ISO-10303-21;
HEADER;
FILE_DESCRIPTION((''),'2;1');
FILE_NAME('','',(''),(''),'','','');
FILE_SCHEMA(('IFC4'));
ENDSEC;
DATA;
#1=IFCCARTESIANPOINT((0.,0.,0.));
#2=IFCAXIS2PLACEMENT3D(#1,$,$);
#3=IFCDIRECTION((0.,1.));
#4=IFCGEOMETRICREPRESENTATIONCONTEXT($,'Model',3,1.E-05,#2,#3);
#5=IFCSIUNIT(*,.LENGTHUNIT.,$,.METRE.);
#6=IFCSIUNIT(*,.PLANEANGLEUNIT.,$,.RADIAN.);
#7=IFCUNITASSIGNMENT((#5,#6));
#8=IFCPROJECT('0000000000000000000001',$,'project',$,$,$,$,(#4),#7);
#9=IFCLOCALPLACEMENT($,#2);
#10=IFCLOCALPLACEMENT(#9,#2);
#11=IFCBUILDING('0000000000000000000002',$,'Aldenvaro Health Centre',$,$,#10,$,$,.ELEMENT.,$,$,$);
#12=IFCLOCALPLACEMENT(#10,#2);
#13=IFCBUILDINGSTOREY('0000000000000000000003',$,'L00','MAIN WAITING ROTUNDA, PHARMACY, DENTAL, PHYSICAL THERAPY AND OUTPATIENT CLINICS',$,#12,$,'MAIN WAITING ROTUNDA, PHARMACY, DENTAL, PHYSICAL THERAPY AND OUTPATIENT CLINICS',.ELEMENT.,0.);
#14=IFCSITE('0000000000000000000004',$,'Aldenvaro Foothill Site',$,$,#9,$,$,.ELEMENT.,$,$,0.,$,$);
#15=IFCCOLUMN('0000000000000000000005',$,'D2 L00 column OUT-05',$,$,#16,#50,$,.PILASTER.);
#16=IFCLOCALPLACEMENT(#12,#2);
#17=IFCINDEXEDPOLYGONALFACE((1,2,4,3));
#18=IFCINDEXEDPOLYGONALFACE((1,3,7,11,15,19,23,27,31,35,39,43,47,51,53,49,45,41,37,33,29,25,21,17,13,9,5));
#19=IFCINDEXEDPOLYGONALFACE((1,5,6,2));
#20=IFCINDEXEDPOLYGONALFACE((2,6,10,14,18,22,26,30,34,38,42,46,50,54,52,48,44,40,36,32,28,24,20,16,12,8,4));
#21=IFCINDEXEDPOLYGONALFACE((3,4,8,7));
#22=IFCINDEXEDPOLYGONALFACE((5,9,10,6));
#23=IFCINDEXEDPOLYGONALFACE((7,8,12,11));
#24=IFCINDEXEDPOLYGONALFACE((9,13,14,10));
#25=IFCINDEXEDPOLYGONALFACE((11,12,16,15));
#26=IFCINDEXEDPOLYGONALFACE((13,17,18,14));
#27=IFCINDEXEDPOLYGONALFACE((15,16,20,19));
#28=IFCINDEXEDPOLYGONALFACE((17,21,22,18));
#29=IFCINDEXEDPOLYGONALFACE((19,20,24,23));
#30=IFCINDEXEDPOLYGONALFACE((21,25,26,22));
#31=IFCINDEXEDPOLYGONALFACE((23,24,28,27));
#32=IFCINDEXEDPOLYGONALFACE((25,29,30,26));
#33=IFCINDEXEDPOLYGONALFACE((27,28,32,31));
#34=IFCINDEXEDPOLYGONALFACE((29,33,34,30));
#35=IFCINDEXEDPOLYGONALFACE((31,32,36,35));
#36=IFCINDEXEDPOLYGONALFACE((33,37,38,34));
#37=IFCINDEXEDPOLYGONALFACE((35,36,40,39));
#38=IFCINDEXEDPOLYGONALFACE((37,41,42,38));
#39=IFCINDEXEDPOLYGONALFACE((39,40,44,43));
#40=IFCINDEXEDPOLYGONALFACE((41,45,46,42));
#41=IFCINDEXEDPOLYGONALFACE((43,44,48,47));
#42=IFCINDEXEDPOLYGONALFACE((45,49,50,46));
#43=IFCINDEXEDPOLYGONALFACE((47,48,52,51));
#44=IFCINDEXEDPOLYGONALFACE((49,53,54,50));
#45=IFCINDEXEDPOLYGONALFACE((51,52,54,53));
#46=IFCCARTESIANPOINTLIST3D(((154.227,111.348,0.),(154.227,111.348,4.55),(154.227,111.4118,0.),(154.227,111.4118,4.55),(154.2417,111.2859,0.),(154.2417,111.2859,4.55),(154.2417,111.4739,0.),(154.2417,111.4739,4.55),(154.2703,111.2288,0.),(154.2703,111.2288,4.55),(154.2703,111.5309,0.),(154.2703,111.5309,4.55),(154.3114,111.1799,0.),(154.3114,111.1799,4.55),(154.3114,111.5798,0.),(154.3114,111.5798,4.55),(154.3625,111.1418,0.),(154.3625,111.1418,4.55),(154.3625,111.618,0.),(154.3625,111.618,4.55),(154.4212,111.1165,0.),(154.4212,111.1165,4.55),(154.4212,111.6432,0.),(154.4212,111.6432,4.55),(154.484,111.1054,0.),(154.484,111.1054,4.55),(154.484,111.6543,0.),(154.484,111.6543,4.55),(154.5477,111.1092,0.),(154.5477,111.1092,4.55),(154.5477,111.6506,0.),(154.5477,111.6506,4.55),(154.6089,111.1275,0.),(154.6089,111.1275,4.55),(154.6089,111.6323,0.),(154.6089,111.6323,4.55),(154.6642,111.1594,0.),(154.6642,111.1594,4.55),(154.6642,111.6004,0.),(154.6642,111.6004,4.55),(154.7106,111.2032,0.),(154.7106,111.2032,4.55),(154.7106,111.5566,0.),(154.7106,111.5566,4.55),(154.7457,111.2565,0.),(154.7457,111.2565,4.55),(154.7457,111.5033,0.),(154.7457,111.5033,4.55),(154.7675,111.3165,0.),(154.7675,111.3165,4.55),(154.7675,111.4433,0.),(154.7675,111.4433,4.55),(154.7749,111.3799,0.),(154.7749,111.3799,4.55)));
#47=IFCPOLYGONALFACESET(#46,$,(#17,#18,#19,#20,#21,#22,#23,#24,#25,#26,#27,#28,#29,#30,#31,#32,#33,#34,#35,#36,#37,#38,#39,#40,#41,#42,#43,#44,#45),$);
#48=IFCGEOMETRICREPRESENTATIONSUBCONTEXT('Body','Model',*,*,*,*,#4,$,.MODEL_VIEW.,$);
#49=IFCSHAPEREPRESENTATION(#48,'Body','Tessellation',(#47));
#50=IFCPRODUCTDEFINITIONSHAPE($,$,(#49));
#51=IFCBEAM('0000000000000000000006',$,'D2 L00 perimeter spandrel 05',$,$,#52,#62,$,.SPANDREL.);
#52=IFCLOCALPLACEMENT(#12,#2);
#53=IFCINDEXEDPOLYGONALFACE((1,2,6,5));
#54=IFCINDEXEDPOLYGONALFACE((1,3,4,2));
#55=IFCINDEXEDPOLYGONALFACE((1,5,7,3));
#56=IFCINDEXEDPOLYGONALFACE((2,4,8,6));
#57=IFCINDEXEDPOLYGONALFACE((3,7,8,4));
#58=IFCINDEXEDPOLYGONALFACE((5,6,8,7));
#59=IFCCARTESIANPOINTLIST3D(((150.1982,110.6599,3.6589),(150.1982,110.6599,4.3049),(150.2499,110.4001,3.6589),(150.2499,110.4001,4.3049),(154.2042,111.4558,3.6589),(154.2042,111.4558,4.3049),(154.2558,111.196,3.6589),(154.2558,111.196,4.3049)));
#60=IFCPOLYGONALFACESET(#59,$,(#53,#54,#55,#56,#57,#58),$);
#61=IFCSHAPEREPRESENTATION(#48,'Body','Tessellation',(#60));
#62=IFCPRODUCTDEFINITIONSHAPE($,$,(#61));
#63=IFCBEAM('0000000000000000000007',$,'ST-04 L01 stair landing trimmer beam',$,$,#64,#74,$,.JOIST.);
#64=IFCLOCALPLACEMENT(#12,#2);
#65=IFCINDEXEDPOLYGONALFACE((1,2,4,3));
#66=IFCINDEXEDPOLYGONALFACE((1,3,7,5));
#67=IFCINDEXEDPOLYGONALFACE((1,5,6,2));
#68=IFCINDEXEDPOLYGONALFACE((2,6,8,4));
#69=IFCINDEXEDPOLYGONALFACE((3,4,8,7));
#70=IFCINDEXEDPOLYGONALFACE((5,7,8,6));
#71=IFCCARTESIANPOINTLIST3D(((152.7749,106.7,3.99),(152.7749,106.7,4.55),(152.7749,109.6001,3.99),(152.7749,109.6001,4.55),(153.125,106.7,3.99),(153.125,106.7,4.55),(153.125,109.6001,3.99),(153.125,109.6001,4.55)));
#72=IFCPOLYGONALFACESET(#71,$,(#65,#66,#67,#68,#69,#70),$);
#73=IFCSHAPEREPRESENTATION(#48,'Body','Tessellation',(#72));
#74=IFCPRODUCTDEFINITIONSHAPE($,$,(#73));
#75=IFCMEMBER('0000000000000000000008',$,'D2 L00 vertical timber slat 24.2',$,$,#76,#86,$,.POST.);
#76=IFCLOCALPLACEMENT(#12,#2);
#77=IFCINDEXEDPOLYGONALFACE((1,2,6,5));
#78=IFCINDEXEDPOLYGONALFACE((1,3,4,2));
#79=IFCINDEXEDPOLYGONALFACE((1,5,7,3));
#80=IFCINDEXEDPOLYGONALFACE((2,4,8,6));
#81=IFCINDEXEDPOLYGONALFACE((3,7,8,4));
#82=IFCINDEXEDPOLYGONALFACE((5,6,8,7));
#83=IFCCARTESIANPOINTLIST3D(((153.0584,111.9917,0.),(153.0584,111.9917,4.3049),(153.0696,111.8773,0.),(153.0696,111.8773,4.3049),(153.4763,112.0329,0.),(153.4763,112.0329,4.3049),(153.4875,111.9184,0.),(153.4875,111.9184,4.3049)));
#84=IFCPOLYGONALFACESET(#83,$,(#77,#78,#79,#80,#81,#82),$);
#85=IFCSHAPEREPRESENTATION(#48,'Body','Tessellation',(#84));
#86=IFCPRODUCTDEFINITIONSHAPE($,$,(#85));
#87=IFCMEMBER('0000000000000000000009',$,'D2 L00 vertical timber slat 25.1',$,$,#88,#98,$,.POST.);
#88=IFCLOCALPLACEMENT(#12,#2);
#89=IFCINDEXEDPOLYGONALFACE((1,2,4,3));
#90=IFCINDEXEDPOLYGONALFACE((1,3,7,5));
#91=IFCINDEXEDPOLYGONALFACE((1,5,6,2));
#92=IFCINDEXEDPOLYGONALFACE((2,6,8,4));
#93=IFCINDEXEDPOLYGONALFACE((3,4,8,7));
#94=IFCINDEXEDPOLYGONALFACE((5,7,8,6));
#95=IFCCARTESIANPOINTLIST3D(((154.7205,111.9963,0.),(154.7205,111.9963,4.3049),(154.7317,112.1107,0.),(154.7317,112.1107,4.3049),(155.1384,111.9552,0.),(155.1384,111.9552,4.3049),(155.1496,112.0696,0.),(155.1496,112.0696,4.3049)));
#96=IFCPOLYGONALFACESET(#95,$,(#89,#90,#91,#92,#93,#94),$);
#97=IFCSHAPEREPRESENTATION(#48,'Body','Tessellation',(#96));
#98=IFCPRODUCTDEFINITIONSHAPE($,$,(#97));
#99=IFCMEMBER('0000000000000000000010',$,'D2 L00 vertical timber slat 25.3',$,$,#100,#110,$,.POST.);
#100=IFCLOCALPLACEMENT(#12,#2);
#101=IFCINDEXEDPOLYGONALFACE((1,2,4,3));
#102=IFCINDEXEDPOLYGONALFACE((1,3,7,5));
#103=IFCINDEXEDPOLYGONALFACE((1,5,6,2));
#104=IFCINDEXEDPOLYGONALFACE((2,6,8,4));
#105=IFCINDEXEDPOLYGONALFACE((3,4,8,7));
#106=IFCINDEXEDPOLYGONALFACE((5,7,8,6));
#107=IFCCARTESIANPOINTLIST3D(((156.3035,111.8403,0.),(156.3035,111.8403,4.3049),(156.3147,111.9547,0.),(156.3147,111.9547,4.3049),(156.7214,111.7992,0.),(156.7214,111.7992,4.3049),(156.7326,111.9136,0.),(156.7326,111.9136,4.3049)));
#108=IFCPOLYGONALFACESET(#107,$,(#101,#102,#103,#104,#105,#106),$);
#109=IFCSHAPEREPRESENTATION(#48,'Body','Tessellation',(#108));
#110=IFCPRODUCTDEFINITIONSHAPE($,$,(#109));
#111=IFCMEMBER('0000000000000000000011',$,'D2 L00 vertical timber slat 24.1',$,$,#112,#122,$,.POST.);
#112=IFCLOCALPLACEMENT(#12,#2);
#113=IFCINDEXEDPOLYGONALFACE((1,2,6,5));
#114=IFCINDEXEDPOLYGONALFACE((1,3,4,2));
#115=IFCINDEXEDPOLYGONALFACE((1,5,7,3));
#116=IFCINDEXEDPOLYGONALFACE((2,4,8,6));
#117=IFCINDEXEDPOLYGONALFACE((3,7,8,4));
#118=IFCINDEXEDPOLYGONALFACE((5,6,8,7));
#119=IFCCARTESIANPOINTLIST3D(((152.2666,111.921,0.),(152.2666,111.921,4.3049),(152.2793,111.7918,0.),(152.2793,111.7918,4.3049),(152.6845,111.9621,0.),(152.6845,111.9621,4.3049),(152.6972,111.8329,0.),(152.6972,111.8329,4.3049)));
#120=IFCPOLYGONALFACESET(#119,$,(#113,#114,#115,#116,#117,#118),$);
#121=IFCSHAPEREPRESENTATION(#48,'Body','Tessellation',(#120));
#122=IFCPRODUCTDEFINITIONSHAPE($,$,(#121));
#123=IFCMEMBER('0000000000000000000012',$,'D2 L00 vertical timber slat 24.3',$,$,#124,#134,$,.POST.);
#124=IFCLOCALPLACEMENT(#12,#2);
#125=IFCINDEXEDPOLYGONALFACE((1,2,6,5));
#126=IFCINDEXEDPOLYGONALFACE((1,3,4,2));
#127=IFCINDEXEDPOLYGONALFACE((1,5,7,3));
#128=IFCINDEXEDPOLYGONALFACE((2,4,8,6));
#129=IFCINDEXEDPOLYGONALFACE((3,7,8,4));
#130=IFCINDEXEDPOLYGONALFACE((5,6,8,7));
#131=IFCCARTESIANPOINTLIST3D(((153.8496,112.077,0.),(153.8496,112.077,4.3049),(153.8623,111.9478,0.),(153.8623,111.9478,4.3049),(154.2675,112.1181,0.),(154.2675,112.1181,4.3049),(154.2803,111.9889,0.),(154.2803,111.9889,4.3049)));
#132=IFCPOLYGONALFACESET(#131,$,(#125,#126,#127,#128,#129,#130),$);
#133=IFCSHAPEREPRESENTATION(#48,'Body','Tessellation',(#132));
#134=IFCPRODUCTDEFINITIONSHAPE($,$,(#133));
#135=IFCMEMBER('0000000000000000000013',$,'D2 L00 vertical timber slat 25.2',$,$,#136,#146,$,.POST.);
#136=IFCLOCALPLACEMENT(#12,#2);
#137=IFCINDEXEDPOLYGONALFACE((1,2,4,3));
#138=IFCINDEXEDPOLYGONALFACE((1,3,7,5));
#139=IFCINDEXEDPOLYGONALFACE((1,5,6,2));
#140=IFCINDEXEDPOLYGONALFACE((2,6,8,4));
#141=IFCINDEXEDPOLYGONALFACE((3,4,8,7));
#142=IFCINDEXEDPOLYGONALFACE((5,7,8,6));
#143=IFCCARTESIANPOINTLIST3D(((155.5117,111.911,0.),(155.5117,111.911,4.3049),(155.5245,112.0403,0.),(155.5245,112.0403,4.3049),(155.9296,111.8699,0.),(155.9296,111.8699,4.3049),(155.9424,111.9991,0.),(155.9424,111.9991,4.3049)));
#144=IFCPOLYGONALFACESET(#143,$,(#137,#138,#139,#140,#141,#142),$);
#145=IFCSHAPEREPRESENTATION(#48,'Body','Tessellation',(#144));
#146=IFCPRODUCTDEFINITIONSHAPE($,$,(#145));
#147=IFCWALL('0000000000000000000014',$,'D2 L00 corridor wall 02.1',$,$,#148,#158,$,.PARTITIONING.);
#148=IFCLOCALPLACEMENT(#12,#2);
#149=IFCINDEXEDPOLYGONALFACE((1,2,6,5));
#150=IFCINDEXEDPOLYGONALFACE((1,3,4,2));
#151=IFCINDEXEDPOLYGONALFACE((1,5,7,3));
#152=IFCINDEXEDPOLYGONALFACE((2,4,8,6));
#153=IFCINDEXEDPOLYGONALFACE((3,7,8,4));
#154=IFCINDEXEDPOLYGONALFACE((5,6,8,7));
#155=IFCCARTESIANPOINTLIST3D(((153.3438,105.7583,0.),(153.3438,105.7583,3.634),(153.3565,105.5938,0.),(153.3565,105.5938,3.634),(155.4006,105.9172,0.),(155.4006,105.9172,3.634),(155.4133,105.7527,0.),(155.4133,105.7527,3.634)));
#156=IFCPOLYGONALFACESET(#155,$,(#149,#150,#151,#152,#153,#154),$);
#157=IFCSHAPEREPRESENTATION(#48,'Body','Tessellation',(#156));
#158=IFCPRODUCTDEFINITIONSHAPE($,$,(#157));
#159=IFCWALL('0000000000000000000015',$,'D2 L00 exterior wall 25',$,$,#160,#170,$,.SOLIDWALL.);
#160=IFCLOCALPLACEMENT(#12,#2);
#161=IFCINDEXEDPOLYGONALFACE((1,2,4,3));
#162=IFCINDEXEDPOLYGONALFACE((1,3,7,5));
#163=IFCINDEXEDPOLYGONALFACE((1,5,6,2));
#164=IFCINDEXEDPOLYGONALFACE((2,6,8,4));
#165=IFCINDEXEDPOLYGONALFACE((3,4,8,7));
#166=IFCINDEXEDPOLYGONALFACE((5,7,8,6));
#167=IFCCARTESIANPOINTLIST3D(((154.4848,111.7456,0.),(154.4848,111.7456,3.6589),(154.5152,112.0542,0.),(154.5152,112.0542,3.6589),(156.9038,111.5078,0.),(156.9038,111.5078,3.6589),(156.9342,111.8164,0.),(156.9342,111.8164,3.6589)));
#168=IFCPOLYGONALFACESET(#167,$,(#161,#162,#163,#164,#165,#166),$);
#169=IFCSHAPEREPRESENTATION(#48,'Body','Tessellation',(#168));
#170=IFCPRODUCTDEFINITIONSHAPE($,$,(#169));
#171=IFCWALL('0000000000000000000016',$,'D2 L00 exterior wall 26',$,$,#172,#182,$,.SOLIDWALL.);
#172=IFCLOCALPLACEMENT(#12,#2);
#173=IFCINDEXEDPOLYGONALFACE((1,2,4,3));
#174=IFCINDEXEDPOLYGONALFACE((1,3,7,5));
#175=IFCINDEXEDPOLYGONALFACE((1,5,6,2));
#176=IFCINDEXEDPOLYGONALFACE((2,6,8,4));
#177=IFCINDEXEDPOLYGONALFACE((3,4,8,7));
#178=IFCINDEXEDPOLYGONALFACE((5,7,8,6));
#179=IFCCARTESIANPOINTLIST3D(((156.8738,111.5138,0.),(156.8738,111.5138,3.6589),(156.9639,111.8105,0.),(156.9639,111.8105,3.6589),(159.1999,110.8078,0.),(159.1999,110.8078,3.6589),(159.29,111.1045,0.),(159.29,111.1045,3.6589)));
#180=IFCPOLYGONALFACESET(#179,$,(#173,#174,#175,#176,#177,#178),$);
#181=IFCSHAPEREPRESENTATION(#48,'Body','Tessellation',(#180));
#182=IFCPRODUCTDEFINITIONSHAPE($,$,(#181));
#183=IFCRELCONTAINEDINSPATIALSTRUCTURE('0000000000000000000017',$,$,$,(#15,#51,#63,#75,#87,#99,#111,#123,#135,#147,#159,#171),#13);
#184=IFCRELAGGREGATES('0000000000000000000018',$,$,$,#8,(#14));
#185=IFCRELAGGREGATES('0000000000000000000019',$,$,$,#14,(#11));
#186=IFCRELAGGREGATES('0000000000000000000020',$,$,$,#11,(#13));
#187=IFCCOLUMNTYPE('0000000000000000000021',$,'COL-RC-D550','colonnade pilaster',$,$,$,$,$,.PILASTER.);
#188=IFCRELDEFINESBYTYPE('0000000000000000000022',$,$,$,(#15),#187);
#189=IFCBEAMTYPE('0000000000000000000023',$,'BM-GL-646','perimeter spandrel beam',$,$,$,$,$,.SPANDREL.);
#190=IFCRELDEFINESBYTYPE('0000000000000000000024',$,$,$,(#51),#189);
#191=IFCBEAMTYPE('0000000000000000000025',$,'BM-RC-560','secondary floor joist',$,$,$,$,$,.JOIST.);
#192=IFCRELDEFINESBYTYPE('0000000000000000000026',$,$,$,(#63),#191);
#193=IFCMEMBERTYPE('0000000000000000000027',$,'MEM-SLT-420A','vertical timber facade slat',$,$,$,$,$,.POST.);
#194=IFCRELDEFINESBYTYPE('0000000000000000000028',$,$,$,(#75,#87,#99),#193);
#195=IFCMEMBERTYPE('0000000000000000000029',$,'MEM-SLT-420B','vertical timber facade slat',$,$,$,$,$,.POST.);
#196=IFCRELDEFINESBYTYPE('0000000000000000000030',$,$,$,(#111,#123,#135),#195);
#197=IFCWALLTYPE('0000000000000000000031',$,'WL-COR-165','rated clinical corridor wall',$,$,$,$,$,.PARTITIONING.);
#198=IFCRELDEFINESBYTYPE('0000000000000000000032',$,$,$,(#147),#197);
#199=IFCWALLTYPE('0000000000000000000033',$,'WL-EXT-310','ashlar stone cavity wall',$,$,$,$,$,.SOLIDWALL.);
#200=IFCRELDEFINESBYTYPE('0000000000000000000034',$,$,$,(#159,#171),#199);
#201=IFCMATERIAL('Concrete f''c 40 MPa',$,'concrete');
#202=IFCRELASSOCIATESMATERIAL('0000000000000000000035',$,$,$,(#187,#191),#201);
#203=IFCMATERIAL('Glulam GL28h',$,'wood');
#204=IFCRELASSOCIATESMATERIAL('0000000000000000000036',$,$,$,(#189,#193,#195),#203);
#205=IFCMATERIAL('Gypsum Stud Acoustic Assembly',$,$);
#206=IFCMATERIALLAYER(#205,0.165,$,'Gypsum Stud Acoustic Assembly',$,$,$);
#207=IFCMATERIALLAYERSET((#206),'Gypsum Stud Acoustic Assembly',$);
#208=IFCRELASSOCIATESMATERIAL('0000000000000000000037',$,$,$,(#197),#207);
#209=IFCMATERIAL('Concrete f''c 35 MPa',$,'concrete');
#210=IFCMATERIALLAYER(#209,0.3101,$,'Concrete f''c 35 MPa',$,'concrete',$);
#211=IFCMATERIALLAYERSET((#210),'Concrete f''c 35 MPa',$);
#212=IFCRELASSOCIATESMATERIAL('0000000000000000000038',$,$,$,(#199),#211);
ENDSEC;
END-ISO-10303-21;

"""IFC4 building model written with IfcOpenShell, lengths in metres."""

from ifc_helpers import new_model, si_unit, direction, frame, frame_2d, origin, origin_2d, place, context, subcontext, project, spatial, rectangle, circle, extrude, material, layer, layer_set, material_profile, profile_set, type_object, element, save


model = new_model("IFC4")

# Units and contexts
model_context = context("Model", 3, precision=1e-05, world=origin(), true_north=direction((0.0, 1.0)))
body_context = subcontext(model_context, "Body", "Model", "MODEL_VIEW")
ifc_project = project(units=[si_unit("LENGTHUNIT", "METRE"), si_unit("PLANEANGLEUNIT", "RADIAN")], contexts=[model_context])

# Site, building, storey
site_placement = place(None, origin())
site = spatial("IfcSite", under=ifc_project, at=site_placement, Name="Aldenvaro Foothill Site", CompositionType="ELEMENT", RefElevation=0.0)
building_placement = place(site_placement, origin())
building = spatial("IfcBuilding", under=site, at=building_placement, Name="Aldenvaro Health Centre", CompositionType="ELEMENT")
storey_placement = place(building_placement, origin())
storey = spatial("IfcBuildingStorey", under=building, at=storey_placement, Name="L00", Description="MAIN WAITING ROTUNDA, PHARMACY, DENTAL, PHYSICAL THERAPY AND OUTPATIENT CLINICS", LongName="MAIN WAITING ROTUNDA, PHARMACY, DENTAL, PHYSICAL THERAPY AND OUTPATIENT CLINICS", CompositionType="ELEMENT", Elevation=0.0)

# Column
ifc_material_1 = material(Name="Concrete f'c 40 MPa", Category="concrete")
ifc_material_profile_1 = material_profile(ifc_material_1, circle(Radius=0.2749, at=origin_2d()), Name="RC D550", Category="concrete")
ifc_profile_set_1 = profile_set([ifc_material_profile_1], Name="Concrete f'c 40 MPa")
column_type = type_object("IfcColumnType", Name="COL-RC-D550", Description="colonnade pilaster", PredefinedType="PILASTER", material=ifc_profile_set_1)
column_placement = place(storey_placement, frame((154.5, 111.3799, 0.0), z_axis=(0.0, 0.0, 1.0), x_axis=(1.0, 0.0, 0.0)))
element("IfcColumn", 1, at=column_placement, inside=storey, type_object=column_type, Name="D2 L00 column OUT-05", PredefinedType="PILASTER", context=body_context, shape_type="SweptSolid", body=[
    extrude(circle(Radius=0.2749, at=origin_2d()), origin(), (0.0, 0.0, 1.0), 4.55),
])

# Beams
ifc_material_2 = material(Name="Glulam GL28h", Category="wood")
ifc_material_profile_2 = material_profile(ifc_material_2, rectangle(XDim=0.2649, YDim=0.646, at=origin_2d()), Name="GL 265x646", Category="wood")
ifc_profile_set_2 = profile_set([ifc_material_profile_2], Name="Glulam GL28h")
beam_type_1 = type_object("IfcBeamType", Name="BM-GL-646", Description="perimeter spandrel beam", PredefinedType="SPANDREL", material=ifc_profile_set_2)
beam_1_placement = place(storey_placement, frame((154.23, 111.3259, 3.9819), z_axis=(-0.980828, -0.194874, 0.0), x_axis=(0.194874, -0.980828, 0.0)))
element("IfcBeam", 2, at=beam_1_placement, inside=storey, type_object=beam_type_1, Name="D2 L00 perimeter spandrel 05", PredefinedType="SPANDREL", context=body_context, shape_type="SweptSolid", body=[
    extrude(rectangle(XDim=0.2649, YDim=0.646, at=origin_2d()), origin(), (0.0, 0.0, 1.0), 4.0842),
])
ifc_material_profile_3 = material_profile(ifc_material_1, rectangle(XDim=0.3501, YDim=0.5601, at=origin_2d()), Name="RC 350x560", Category="concrete")
ifc_profile_set_3 = profile_set([ifc_material_profile_3], Name="Concrete f'c 40 MPa")
beam_type_2 = type_object("IfcBeamType", Name="BM-RC-560", Description="secondary floor joist", PredefinedType="JOIST", material=ifc_profile_set_3)
beam_2_placement = place(storey_placement, frame((152.95, 106.7, 4.27), z_axis=(0.0, 1.0, 0.0), x_axis=(-1.0, 0.0, 0.0)))
element("IfcBeam", 3, at=beam_2_placement, inside=storey, type_object=beam_type_2, Name="ST-04 L01 stair landing trimmer beam", PredefinedType="JOIST", context=body_context, shape_type="SweptSolid", body=[
    extrude(rectangle(XDim=0.3501, YDim=0.5601, at=origin_2d()), origin(), (0.0, 0.0, 1.0), 2.9001),
])

# Members
ifc_material_profile_4 = material_profile(ifc_material_2, rectangle(XDim=0.115, YDim=0.4199, at=origin_2d()), Name="GL 115x420", Category="wood")
ifc_profile_set_4 = profile_set([ifc_material_profile_4], Name="Glulam GL28h")
member_type_1 = type_object("IfcMemberType", Name="MEM-SLT-420A", Description="vertical timber facade slat", PredefinedType="POST", material=ifc_profile_set_4)
for number, where, z_axis, x_axis, name in (
    (4, (153.2729, 111.9551, 0.0), (0.0, 0.0, 1.0), (-0.097915, 0.995195, 0.0), "D2 L00 vertical timber slat 24.2"),
    (5, (154.9351, 112.033, 0.0), (0.0, 0.0, 1.0), (0.097915, 0.995195, 0.0), "D2 L00 vertical timber slat 25.1"),
    (6, (156.5181, 111.877, 0.0), (0.0, 0.0, 1.0), (0.097915, 0.995195, 0.0), "D2 L00 vertical timber slat 25.3"),
):
    element("IfcMember", number, at=place(storey_placement, frame(where, z_axis=z_axis, x_axis=x_axis)), inside=storey, type_object=member_type_1, Name=name, PredefinedType="POST", context=body_context, shape_type="SweptSolid", body=[
        extrude(rectangle(XDim=0.115, YDim=0.4199, at=origin_2d()), origin(), (0.0, 0.0, 1.0), 4.3049),
    ])
ifc_material_profile_5 = material_profile(ifc_material_2, rectangle(XDim=0.1299, YDim=0.4199, at=origin_2d()), Name="GL 130x420", Category="wood")
ifc_profile_set_5 = profile_set([ifc_material_profile_5], Name="Glulam GL28h")
member_type_2 = type_object("IfcMemberType", Name="MEM-SLT-420B", Description="vertical timber facade slat", PredefinedType="POST", material=ifc_profile_set_5)
for number, where, z_axis, x_axis, name in (
    (7, (152.4819, 111.877, 0.0), (0.0, 0.0, 1.0), (-0.097915, 0.995195, 0.0), "D2 L00 vertical timber slat 24.1"),
    (8, (154.0649, 112.033, 0.0), (0.0, 0.0, 1.0), (-0.097915, 0.995195, 0.0), "D2 L00 vertical timber slat 24.3"),
    (9, (155.7271, 111.9551, 0.0), (0.0, 0.0, 1.0), (0.097915, 0.995195, 0.0), "D2 L00 vertical timber slat 25.2"),
):
    element("IfcMember", number, at=place(storey_placement, frame(where, z_axis=z_axis, x_axis=x_axis)), inside=storey, type_object=member_type_2, Name=name, PredefinedType="POST", context=body_context, shape_type="SweptSolid", body=[
        extrude(rectangle(XDim=0.1299, YDim=0.4199, at=origin_2d()), origin(), (0.0, 0.0, 1.0), 4.3049),
    ])

# Walls
ifc_material_3 = material(Name="Gypsum Stud Acoustic Assembly")
ifc_layer_1 = layer(ifc_material_3, 0.165, Name="Gypsum Stud Acoustic Assembly")
ifc_layer_set_1 = layer_set([ifc_layer_1], Name="Gypsum Stud Acoustic Assembly")
wall_type_1 = type_object("IfcWallType", Name="WL-COR-165", Description="rated clinical corridor wall", PredefinedType="PARTITIONING", material=ifc_layer_set_1)
wall_1_placement = place(storey_placement, frame((155.407, 105.835, 0.0), z_axis=(0.0, 0.0, 1.0), x_axis=(-0.997028, -0.07704, 0.0)))
element("IfcWall", 10, at=wall_1_placement, inside=storey, type_object=wall_type_1, Name="D2 L00 corridor wall 02.1", PredefinedType="PARTITIONING", context=body_context, shape_type="SweptSolid", body=[
    extrude(rectangle(XDim=2.063, YDim=0.165, at=frame_2d((1.0315, 0.0))), origin(), (0.0, 0.0, 1.0), 3.634),
])
ifc_material_4 = material(Name="Concrete f'c 35 MPa", Category="concrete")
ifc_layer_2 = layer(ifc_material_4, 0.3101, Name="Concrete f'c 35 MPa", Category="concrete")
ifc_layer_set_2 = layer_set([ifc_layer_2], Name="Concrete f'c 35 MPa")
wall_type_2 = type_object("IfcWallType", Name="WL-EXT-310", Description="ashlar stone cavity wall", PredefinedType="SOLIDWALL", material=ifc_layer_set_2)
wall_2_placement = place(storey_placement, frame((154.5, 111.8999, 0.0), z_axis=(0.0, 0.0, 1.0), x_axis=(0.995203, -0.097833, 0.0)))
element("IfcWall", 11, at=wall_2_placement, inside=storey, type_object=wall_type_2, Name="D2 L00 exterior wall 25", PredefinedType="SOLIDWALL", context=body_context, shape_type="SweptSolid", body=[
    extrude(rectangle(XDim=2.4307, YDim=0.3101, at=frame_2d((1.2153, 0.0))), origin(), (0.0, 0.0, 1.0), 3.6589),
])
wall_3_placement = place(storey_placement, frame((156.9189, 111.6621, 0.0), z_axis=(0.0, 0.0, 1.0), x_axis=(0.956893, -0.290442, 0.0)))
element("IfcWall", 12, at=wall_3_placement, inside=storey, type_object=wall_type_2, Name="D2 L00 exterior wall 26", PredefinedType="SOLIDWALL", context=body_context, shape_type="SweptSolid", body=[
    extrude(rectangle(XDim=2.4309, YDim=0.3101, at=frame_2d((1.2153, 0.0))), origin(), (0.0, 0.0, 1.0), 3.6589),
])

save(model, "model.ifc")
